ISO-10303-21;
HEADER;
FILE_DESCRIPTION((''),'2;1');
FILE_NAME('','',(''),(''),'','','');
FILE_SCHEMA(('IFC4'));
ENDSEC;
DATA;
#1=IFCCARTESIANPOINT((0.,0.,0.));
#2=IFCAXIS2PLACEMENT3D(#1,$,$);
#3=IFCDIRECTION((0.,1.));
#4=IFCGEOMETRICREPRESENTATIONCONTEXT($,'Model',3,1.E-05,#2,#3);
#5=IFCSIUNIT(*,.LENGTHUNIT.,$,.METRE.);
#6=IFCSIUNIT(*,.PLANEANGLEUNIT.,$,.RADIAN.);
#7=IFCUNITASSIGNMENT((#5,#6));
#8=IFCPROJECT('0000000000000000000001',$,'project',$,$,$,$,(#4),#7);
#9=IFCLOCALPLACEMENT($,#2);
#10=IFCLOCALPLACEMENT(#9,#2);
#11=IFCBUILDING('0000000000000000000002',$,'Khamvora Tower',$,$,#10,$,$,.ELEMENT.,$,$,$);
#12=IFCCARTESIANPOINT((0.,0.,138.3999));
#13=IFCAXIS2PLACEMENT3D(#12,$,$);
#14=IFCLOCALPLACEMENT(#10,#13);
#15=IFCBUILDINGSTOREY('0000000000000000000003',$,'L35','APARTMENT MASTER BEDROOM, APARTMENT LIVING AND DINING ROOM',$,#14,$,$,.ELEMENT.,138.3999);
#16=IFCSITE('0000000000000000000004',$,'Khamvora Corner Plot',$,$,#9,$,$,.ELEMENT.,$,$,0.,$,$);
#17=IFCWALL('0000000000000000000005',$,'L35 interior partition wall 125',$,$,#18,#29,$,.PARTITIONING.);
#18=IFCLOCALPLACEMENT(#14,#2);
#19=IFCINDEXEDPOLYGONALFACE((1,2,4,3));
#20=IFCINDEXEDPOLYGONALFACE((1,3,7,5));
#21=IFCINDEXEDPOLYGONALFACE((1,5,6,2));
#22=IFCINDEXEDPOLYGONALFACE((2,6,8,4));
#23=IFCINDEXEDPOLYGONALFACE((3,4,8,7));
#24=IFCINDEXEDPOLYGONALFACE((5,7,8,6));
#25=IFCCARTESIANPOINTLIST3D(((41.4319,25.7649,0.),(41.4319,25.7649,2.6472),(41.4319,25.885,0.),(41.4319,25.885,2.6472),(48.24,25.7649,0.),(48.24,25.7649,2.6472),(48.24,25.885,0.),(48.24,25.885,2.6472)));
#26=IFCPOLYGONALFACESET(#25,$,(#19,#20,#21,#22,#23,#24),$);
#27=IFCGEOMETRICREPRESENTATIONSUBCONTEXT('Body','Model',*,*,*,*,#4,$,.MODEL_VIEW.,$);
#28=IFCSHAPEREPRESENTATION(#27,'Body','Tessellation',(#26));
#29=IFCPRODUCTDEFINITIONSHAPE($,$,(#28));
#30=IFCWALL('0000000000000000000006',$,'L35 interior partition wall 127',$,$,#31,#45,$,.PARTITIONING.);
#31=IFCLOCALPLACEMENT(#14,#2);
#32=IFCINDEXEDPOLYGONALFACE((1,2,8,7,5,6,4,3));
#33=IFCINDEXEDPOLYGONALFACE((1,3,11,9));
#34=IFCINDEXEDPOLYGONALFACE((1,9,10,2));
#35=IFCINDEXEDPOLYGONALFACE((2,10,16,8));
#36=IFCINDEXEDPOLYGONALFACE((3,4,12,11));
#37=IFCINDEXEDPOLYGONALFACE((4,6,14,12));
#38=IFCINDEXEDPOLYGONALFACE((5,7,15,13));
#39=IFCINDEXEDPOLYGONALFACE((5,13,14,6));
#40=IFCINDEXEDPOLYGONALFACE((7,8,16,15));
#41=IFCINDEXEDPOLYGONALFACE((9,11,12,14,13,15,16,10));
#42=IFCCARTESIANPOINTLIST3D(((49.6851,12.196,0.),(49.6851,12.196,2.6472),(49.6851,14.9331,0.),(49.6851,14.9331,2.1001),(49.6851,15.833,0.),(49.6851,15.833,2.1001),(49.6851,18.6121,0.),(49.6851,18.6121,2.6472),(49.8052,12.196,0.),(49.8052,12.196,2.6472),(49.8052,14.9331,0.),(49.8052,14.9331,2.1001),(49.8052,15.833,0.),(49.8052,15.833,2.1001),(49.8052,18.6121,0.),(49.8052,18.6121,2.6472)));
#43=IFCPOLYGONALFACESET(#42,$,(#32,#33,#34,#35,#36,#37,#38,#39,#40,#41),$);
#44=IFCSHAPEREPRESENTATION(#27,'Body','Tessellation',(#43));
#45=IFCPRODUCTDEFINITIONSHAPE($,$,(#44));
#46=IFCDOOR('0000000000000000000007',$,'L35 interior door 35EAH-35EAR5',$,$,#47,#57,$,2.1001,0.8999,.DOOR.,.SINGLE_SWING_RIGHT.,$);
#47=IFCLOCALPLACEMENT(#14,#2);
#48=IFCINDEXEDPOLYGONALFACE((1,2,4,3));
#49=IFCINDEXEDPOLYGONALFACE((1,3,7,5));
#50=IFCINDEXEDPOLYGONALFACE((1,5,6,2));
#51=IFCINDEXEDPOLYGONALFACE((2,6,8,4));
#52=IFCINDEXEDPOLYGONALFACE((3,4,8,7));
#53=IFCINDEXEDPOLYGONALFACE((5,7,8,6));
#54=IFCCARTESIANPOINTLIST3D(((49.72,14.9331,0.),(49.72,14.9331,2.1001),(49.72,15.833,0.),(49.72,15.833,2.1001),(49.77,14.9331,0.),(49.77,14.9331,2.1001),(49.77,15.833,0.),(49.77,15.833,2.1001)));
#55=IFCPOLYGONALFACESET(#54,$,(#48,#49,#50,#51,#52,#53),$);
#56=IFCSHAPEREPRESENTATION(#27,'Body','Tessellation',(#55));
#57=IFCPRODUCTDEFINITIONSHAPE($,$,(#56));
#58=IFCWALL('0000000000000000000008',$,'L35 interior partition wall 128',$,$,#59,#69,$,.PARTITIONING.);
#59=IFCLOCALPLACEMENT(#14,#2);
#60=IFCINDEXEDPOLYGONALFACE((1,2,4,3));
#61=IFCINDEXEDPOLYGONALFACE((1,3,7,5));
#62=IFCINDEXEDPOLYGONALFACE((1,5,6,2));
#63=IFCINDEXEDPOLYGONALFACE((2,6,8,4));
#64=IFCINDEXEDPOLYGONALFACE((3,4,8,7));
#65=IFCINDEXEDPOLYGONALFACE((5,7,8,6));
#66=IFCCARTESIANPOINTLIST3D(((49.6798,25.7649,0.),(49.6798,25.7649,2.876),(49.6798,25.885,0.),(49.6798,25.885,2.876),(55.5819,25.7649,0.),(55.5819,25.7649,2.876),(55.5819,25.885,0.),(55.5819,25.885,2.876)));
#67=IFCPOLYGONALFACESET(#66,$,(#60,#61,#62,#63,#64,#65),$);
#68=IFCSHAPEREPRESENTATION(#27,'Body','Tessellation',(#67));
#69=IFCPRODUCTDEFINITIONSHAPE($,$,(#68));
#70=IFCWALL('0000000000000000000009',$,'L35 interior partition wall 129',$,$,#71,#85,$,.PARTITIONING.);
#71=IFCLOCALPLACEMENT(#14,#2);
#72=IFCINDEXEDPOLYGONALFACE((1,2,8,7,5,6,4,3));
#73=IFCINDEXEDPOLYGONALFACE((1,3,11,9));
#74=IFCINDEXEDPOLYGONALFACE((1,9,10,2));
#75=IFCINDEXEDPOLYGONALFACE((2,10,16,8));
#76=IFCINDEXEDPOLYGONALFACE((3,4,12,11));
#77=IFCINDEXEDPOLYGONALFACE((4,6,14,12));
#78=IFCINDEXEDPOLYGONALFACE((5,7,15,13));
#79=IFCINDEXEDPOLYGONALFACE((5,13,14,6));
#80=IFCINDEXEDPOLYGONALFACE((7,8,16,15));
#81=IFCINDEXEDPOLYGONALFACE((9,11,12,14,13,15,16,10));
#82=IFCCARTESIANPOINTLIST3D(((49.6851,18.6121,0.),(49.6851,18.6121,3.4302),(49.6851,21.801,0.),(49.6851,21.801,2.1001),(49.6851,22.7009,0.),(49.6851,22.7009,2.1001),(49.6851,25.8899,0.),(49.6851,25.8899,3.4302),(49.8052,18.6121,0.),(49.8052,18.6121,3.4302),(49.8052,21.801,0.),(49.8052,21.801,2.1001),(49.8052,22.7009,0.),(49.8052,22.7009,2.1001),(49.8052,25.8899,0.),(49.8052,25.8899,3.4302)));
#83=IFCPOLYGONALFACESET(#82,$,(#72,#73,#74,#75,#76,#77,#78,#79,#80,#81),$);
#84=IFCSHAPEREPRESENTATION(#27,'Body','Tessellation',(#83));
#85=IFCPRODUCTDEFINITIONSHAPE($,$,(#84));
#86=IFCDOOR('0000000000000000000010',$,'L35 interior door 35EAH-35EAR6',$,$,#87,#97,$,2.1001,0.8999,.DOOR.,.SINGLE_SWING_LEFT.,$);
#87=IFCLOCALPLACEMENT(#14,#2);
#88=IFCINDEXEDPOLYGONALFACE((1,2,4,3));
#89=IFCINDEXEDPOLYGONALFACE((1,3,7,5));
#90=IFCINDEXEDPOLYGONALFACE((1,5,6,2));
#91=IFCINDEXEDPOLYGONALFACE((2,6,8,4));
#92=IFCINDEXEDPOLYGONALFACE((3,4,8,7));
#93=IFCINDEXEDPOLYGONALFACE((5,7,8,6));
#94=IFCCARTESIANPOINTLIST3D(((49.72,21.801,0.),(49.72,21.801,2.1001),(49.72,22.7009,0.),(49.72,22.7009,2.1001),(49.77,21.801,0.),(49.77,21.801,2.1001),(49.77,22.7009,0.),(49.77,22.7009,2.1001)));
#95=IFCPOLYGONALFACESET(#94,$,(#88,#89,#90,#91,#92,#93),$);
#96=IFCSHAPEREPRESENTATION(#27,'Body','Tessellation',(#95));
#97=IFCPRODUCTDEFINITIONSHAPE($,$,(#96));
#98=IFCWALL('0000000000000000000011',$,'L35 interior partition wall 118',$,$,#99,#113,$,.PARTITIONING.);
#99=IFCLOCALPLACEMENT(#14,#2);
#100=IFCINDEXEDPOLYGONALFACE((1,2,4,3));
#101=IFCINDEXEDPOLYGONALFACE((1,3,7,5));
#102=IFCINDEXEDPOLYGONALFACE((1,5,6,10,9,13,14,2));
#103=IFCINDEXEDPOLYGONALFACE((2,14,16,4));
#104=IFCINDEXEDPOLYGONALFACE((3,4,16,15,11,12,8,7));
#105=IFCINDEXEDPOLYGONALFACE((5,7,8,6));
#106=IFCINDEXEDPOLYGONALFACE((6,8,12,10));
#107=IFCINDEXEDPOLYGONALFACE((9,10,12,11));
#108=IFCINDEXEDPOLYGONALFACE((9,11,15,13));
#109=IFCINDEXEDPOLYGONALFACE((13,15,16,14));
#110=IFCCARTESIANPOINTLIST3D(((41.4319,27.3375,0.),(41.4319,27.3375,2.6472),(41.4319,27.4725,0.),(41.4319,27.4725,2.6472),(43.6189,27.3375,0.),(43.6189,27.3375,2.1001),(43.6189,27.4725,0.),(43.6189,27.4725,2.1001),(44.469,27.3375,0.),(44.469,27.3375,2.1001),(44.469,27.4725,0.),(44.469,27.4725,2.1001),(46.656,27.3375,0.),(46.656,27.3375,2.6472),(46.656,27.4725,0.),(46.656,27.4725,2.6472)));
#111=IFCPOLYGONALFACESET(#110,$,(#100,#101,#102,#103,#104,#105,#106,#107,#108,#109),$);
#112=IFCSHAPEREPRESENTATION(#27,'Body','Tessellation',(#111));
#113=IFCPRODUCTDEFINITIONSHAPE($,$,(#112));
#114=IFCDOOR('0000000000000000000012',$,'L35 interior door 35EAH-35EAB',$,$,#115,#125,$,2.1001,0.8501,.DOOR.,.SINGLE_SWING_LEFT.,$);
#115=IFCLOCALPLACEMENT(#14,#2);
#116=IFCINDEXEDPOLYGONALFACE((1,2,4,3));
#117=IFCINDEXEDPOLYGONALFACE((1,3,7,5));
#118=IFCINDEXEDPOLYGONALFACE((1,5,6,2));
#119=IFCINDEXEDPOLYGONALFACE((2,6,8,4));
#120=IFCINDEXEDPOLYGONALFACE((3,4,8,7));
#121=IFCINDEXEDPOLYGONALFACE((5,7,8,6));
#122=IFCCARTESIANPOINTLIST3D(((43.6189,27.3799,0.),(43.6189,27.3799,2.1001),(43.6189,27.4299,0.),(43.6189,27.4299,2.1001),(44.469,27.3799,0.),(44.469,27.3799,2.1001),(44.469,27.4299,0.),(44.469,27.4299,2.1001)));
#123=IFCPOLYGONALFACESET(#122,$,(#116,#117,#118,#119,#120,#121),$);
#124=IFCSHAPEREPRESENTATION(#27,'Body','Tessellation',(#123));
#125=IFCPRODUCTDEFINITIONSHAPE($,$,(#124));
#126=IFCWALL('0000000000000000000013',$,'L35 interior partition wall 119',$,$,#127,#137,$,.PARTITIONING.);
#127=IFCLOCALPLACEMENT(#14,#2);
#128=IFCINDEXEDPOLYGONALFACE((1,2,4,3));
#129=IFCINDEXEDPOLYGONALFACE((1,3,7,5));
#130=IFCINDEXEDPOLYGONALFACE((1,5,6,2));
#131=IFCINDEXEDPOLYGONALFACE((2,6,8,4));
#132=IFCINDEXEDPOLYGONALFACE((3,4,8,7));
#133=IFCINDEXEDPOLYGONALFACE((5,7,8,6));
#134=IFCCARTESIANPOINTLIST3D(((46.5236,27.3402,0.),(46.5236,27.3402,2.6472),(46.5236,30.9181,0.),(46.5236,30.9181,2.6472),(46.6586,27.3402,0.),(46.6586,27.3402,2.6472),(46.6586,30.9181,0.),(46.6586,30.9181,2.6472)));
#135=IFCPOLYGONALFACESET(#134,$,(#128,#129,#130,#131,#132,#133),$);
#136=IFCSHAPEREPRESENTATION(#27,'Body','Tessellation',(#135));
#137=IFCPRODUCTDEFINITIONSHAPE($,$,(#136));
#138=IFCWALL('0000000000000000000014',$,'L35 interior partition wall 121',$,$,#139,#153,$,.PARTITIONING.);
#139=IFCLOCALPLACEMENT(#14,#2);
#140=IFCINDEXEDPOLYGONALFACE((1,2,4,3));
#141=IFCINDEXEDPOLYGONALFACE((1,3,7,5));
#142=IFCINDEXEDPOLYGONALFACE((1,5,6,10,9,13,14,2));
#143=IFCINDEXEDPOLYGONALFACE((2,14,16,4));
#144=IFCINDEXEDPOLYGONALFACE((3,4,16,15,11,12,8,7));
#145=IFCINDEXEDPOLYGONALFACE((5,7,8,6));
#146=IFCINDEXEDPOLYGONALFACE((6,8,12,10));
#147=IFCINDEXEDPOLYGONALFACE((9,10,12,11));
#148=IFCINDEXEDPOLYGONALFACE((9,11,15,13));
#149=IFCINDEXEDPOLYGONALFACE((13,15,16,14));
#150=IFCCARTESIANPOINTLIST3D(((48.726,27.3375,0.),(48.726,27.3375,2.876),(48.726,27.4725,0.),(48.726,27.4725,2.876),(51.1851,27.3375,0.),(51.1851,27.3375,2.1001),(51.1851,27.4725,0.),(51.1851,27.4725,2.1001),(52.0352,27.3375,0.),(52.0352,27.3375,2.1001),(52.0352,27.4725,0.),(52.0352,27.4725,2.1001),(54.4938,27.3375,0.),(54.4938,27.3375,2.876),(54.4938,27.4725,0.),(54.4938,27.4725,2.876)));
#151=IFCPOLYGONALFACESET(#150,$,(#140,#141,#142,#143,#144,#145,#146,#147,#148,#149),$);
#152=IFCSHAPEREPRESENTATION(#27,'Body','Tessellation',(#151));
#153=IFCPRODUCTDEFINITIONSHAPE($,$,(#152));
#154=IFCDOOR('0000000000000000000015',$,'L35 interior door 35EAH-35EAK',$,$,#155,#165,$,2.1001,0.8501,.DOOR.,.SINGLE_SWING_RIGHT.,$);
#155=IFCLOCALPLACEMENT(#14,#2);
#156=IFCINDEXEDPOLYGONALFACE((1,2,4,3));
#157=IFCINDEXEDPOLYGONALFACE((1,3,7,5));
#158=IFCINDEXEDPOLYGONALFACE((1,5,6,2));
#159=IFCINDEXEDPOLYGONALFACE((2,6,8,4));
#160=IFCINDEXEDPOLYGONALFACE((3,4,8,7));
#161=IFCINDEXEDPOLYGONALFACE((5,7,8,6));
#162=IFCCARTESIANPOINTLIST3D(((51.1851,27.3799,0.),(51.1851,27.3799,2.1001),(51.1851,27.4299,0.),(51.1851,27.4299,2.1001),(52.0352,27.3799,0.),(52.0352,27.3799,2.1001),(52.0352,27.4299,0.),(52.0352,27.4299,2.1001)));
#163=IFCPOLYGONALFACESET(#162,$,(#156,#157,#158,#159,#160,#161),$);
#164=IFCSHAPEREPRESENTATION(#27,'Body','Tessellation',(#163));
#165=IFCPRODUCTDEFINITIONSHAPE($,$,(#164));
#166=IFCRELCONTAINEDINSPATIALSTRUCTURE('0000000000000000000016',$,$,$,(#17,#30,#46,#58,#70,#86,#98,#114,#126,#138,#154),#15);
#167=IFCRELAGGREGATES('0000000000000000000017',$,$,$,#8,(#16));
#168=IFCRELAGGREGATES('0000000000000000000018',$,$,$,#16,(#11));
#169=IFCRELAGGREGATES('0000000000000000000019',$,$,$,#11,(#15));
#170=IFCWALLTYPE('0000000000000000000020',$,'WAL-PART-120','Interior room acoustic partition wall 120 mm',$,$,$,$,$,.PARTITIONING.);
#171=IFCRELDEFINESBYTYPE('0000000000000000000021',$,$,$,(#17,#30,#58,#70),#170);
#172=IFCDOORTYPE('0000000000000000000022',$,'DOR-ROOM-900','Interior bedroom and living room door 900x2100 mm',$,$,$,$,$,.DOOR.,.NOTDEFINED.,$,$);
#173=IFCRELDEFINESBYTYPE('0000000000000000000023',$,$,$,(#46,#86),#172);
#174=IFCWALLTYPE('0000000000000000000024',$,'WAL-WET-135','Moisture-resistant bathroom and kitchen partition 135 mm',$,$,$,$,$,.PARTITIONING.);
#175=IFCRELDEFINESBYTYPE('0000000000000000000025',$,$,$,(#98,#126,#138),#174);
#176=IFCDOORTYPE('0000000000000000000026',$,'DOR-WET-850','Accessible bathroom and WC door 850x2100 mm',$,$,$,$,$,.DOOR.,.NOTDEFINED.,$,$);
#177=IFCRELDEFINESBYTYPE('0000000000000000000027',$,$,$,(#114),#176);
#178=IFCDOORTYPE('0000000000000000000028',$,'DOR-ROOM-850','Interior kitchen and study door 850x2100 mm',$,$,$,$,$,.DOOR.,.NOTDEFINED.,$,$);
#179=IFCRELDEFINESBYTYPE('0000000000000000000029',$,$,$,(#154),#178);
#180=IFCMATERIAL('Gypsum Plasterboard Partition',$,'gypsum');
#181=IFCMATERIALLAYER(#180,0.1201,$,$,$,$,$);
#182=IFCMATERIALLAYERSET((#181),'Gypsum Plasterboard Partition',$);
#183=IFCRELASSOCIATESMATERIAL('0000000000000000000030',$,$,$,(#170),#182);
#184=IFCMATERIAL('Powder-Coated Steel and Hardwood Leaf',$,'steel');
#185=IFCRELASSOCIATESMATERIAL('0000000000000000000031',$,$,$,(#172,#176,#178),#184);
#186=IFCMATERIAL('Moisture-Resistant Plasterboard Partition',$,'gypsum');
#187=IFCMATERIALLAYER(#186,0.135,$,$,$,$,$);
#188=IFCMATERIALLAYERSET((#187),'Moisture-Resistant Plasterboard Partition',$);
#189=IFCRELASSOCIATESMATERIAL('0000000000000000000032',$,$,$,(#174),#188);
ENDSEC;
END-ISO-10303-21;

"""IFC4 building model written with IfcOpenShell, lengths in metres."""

from ifc_helpers import new_model, si_unit, direction, frame, frame_2d, origin, place, context, subcontext, project, spatial, rectangle, extrude, material, layer, layer_set, type_object, element, fill, save


model = new_model("IFC4")

# Units and contexts
model_context = context("Model", 3, precision=1e-05, world=origin(), true_north=direction((0.0, 1.0)))
body_context = subcontext(model_context, "Body", "Model", "MODEL_VIEW")
ifc_project = project(units=[si_unit("LENGTHUNIT", "METRE"), si_unit("PLANEANGLEUNIT", "RADIAN")], contexts=[model_context])

# Site, building, storey
site_placement = place(None, origin())
site = spatial("IfcSite", under=ifc_project, at=site_placement, Name="Khamvora Corner Plot", CompositionType="ELEMENT", RefElevation=0.0)
building_placement = place(site_placement, origin())
building = spatial("IfcBuilding", under=site, at=building_placement, Name="Khamvora Tower", CompositionType="ELEMENT")
storey_placement = place(building_placement, frame((0.0, 0.0, 138.3999)))
storey = spatial("IfcBuildingStorey", under=building, at=storey_placement, Name="L35", Description="APARTMENT MASTER BEDROOM, APARTMENT LIVING AND DINING ROOM", CompositionType="ELEMENT", Elevation=138.3999)

# Shared definitions
ifc_material_1 = material(Name="Gypsum Plasterboard Partition", Category="gypsum")
ifc_layer_1 = layer(ifc_material_1, 0.1201)
ifc_layer_set_1 = layer_set([ifc_layer_1], Name="Gypsum Plasterboard Partition")
wall_type_1 = type_object("IfcWallType", Name="WAL-PART-120", Description="Interior room acoustic partition wall 120 mm", PredefinedType="PARTITIONING", material=ifc_layer_set_1)
ifc_material_2 = material(Name="Powder-Coated Steel and Hardwood Leaf", Category="steel")
door_type_1 = type_object("IfcDoorType", Name="DOR-ROOM-900", Description="Interior bedroom and living room door 900x2100 mm", OperationType="NOTDEFINED", PredefinedType="DOOR", material=ifc_material_2)

# Wall
wall_1_placement = place(storey_placement, frame((48.24, 25.825, 0.0), z_axis=(0.0, 0.0, 1.0), x_axis=(-1.0, 0.0, 0.0)))
element("IfcWall", 1, at=wall_1_placement, inside=storey, type_object=wall_type_1, Name="L35 interior partition wall 125", PredefinedType="PARTITIONING", context=body_context, shape_type="SweptSolid", body=[
    extrude(rectangle(XDim=6.8081, YDim=0.1201, at=frame_2d((3.4041, 0.0))), origin(), (0.0, 0.0, 1.0), 2.6472),
])

# Wall, opening, door
wall_2_placement = place(storey_placement, frame((49.7451, 18.6121, 0.0), z_axis=(0.0, 0.0, 1.0), x_axis=(0.0, -1.0, 0.0)))
wall_2 = element("IfcWall", 2, at=wall_2_placement, inside=storey, type_object=wall_type_1, Name="L35 interior partition wall 127", PredefinedType="PARTITIONING", context=body_context, shape_type="SweptSolid", body=[
    extrude(rectangle(XDim=6.416, YDim=0.1201, at=frame_2d((3.208, 0.0))), origin(), (0.0, 0.0, 1.0), 2.6472),
])
opening_1_placement = place(wall_2_placement, frame((2.7791, 0.0, 0.0)))
opening_1 = element("IfcOpeningElement", 3, at=opening_1_placement, cuts=wall_2, PredefinedType="OPENING", context=body_context, shape_type="SweptSolid", body=[
    extrude(rectangle(XDim=0.8999, YDim=2.1001, at=frame_2d((0.45, 1.05))), frame((0.0, 0.0701, 0.0), z_axis=(0.0, -1.0, 0.0), x_axis=(1.0, 0.0, 0.0)), (0.0, 0.0, 1.0), 0.1401),
])
door_1_placement = place(opening_1_placement, origin())
door_1 = element("IfcDoor", 4, at=door_1_placement, inside=storey, type_object=door_type_1, Name="L35 interior door 35EAH-35EAR5", OperationType="SINGLE_SWING_RIGHT", OverallHeight=2.1001, OverallWidth=0.8999, PredefinedType="DOOR", context=body_context, shape_type="SweptSolid", body=[
    extrude(rectangle(XDim=0.8999, YDim=2.1001, at=frame_2d((0.45, 1.05))), frame((0.0, 0.0249, 0.0), z_axis=(0.0, -1.0, 0.0), x_axis=(1.0, 0.0, 0.0)), (0.0, 0.0, 1.0), 0.05),
])
fill(opening_1, door_1)

# Wall
wall_3_placement = place(storey_placement, frame((55.582, 25.825, 0.0), z_axis=(0.0, 0.0, 1.0), x_axis=(-1.0, 0.0, 0.0)))
element("IfcWall", 5, at=wall_3_placement, inside=storey, type_object=wall_type_1, Name="L35 interior partition wall 128", PredefinedType="PARTITIONING", context=body_context, shape_type="SweptSolid", body=[
    extrude(rectangle(XDim=5.9021, YDim=0.1201, at=frame_2d((2.9512, 0.0))), origin(), (0.0, 0.0, 1.0), 2.876),
])

# Walls, openings, doors
wall_4_placement = place(storey_placement, frame((49.7451, 25.8899, 0.0), z_axis=(0.0, 0.0, 1.0), x_axis=(0.0, -1.0, 0.0)))
wall_4 = element("IfcWall", 6, at=wall_4_placement, inside=storey, type_object=wall_type_1, Name="L35 interior partition wall 129", PredefinedType="PARTITIONING", context=body_context, shape_type="SweptSolid", body=[
    extrude(rectangle(XDim=7.2778, YDim=0.1201, at=frame_2d((3.6389, 0.0))), origin(), (0.0, 0.0, 1.0), 3.4302),
])
opening_2_placement = place(wall_4_placement, frame((3.189, 0.0, 0.0)))
opening_2 = element("IfcOpeningElement", 7, at=opening_2_placement, cuts=wall_4, PredefinedType="OPENING", context=body_context, shape_type="SweptSolid", body=[
    extrude(rectangle(XDim=0.8999, YDim=2.1001, at=frame_2d((0.45, 1.05))), frame((0.0, 0.0701, 0.0), z_axis=(0.0, -1.0, 0.0), x_axis=(1.0, 0.0, 0.0)), (0.0, 0.0, 1.0), 0.1401),
])
door_2_placement = place(opening_2_placement, origin())
door_2 = element("IfcDoor", 8, at=door_2_placement, inside=storey, type_object=door_type_1, Name="L35 interior door 35EAH-35EAR6", OperationType="SINGLE_SWING_LEFT", OverallHeight=2.1001, OverallWidth=0.8999, PredefinedType="DOOR", context=body_context, shape_type="SweptSolid", body=[
    extrude(rectangle(XDim=0.8999, YDim=2.1001, at=frame_2d((0.45, 1.05))), frame((0.0, 0.0249, 0.0), z_axis=(0.0, -1.0, 0.0), x_axis=(1.0, 0.0, 0.0)), (0.0, 0.0, 1.0), 0.05),
])
fill(opening_2, door_2)
ifc_material_3 = material(Name="Moisture-Resistant Plasterboard Partition", Category="gypsum")
ifc_layer_2 = layer(ifc_material_3, 0.135)
ifc_layer_set_2 = layer_set([ifc_layer_2], Name="Moisture-Resistant Plasterboard Partition")
wall_type_2 = type_object("IfcWallType", Name="WAL-WET-135", Description="Moisture-resistant bathroom and kitchen partition 135 mm", PredefinedType="PARTITIONING", material=ifc_layer_set_2)
wall_5_placement = place(storey_placement, frame((41.4319, 27.405, 0.0), z_axis=(0.0, 0.0, 1.0), x_axis=(1.0, 0.0, 0.0)))
wall_5 = element("IfcWall", 9, at=wall_5_placement, inside=storey, type_object=wall_type_2, Name="L35 interior partition wall 118", PredefinedType="PARTITIONING", context=body_context, shape_type="SweptSolid", body=[
    extrude(rectangle(XDim=5.2241, YDim=0.135, at=frame_2d((2.6121, 0.0))), origin(), (0.0, 0.0, 1.0), 2.6472),
])
opening_3_placement = place(wall_5_placement, frame((2.187, 0.0, 0.0)))
opening_3 = element("IfcOpeningElement", 10, at=opening_3_placement, cuts=wall_5, PredefinedType="OPENING", context=body_context, shape_type="SweptSolid", body=[
    extrude(rectangle(XDim=0.8501, YDim=2.1001, at=frame_2d((0.425, 1.05))), frame((0.0, 0.0774, 0.0), z_axis=(0.0, -1.0, 0.0), x_axis=(1.0, 0.0, 0.0)), (0.0, 0.0, 1.0), 0.155),
])
door_type_2 = type_object("IfcDoorType", Name="DOR-WET-850", Description="Accessible bathroom and WC door 850x2100 mm", OperationType="NOTDEFINED", PredefinedType="DOOR", material=ifc_material_2)
door_3_placement = place(opening_3_placement, origin())
door_3 = element("IfcDoor", 11, at=door_3_placement, inside=storey, type_object=door_type_2, Name="L35 interior door 35EAH-35EAB", OperationType="SINGLE_SWING_LEFT", OverallHeight=2.1001, OverallWidth=0.8501, PredefinedType="DOOR", context=body_context, shape_type="SweptSolid", body=[
    extrude(rectangle(XDim=0.8501, YDim=2.1001, at=frame_2d((0.425, 1.05))), frame((0.0, 0.0249, 0.0), z_axis=(0.0, -1.0, 0.0), x_axis=(1.0, 0.0, 0.0)), (0.0, 0.0, 1.0), 0.05),
])
fill(opening_3, door_3)

# Wall
wall_6_placement = place(storey_placement, frame((46.5911, 27.3401, 0.0), z_axis=(0.0, 0.0, 1.0), x_axis=(0.0, 1.0, 0.0)))
element("IfcWall", 12, at=wall_6_placement, inside=storey, type_object=wall_type_2, Name="L35 interior partition wall 119", PredefinedType="PARTITIONING", context=body_context, shape_type="SweptSolid", body=[
    extrude(rectangle(XDim=3.5779, YDim=0.135, at=frame_2d((1.7891, 0.0))), origin(), (0.0, 0.0, 1.0), 2.6472),
])

# Wall, opening, door
wall_7_placement = place(storey_placement, frame((48.7261, 27.405, 0.0), z_axis=(0.0, 0.0, 1.0), x_axis=(1.0, 0.0, 0.0)))
wall_7 = element("IfcWall", 13, at=wall_7_placement, inside=storey, type_object=wall_type_2, Name="L35 interior partition wall 121", PredefinedType="PARTITIONING", context=body_context, shape_type="SweptSolid", body=[
    extrude(rectangle(XDim=5.7678, YDim=0.135, at=frame_2d((2.8838, 0.0))), origin(), (0.0, 0.0, 1.0), 2.876),
])
opening_4_placement = place(wall_7_placement, frame((2.459, 0.0, 0.0)))
opening_4 = element("IfcOpeningElement", 14, at=opening_4_placement, cuts=wall_7, PredefinedType="OPENING", context=body_context, shape_type="SweptSolid", body=[
    extrude(rectangle(XDim=0.8501, YDim=2.1001, at=frame_2d((0.425, 1.05))), frame((0.0, 0.0774, 0.0), z_axis=(0.0, -1.0, 0.0), x_axis=(1.0, 0.0, 0.0)), (0.0, 0.0, 1.0), 0.155),
])
door_type_3 = type_object("IfcDoorType", Name="DOR-ROOM-850", Description="Interior kitchen and study door 850x2100 mm", OperationType="NOTDEFINED", PredefinedType="DOOR", material=ifc_material_2)
door_4_placement = place(opening_4_placement, origin())
door_4 = element("IfcDoor", 15, at=door_4_placement, inside=storey, type_object=door_type_3, Name="L35 interior door 35EAH-35EAK", OperationType="SINGLE_SWING_RIGHT", OverallHeight=2.1001, OverallWidth=0.8501, PredefinedType="DOOR", context=body_context, shape_type="SweptSolid", body=[
    extrude(rectangle(XDim=0.8501, YDim=2.1001, at=frame_2d((0.425, 1.05))), frame((0.0, 0.0249, 0.0), z_axis=(0.0, -1.0, 0.0), x_axis=(1.0, 0.0, 0.0)), (0.0, 0.0, 1.0), 0.05),
])
fill(opening_4, door_4)

save(model, "model.ifc")
